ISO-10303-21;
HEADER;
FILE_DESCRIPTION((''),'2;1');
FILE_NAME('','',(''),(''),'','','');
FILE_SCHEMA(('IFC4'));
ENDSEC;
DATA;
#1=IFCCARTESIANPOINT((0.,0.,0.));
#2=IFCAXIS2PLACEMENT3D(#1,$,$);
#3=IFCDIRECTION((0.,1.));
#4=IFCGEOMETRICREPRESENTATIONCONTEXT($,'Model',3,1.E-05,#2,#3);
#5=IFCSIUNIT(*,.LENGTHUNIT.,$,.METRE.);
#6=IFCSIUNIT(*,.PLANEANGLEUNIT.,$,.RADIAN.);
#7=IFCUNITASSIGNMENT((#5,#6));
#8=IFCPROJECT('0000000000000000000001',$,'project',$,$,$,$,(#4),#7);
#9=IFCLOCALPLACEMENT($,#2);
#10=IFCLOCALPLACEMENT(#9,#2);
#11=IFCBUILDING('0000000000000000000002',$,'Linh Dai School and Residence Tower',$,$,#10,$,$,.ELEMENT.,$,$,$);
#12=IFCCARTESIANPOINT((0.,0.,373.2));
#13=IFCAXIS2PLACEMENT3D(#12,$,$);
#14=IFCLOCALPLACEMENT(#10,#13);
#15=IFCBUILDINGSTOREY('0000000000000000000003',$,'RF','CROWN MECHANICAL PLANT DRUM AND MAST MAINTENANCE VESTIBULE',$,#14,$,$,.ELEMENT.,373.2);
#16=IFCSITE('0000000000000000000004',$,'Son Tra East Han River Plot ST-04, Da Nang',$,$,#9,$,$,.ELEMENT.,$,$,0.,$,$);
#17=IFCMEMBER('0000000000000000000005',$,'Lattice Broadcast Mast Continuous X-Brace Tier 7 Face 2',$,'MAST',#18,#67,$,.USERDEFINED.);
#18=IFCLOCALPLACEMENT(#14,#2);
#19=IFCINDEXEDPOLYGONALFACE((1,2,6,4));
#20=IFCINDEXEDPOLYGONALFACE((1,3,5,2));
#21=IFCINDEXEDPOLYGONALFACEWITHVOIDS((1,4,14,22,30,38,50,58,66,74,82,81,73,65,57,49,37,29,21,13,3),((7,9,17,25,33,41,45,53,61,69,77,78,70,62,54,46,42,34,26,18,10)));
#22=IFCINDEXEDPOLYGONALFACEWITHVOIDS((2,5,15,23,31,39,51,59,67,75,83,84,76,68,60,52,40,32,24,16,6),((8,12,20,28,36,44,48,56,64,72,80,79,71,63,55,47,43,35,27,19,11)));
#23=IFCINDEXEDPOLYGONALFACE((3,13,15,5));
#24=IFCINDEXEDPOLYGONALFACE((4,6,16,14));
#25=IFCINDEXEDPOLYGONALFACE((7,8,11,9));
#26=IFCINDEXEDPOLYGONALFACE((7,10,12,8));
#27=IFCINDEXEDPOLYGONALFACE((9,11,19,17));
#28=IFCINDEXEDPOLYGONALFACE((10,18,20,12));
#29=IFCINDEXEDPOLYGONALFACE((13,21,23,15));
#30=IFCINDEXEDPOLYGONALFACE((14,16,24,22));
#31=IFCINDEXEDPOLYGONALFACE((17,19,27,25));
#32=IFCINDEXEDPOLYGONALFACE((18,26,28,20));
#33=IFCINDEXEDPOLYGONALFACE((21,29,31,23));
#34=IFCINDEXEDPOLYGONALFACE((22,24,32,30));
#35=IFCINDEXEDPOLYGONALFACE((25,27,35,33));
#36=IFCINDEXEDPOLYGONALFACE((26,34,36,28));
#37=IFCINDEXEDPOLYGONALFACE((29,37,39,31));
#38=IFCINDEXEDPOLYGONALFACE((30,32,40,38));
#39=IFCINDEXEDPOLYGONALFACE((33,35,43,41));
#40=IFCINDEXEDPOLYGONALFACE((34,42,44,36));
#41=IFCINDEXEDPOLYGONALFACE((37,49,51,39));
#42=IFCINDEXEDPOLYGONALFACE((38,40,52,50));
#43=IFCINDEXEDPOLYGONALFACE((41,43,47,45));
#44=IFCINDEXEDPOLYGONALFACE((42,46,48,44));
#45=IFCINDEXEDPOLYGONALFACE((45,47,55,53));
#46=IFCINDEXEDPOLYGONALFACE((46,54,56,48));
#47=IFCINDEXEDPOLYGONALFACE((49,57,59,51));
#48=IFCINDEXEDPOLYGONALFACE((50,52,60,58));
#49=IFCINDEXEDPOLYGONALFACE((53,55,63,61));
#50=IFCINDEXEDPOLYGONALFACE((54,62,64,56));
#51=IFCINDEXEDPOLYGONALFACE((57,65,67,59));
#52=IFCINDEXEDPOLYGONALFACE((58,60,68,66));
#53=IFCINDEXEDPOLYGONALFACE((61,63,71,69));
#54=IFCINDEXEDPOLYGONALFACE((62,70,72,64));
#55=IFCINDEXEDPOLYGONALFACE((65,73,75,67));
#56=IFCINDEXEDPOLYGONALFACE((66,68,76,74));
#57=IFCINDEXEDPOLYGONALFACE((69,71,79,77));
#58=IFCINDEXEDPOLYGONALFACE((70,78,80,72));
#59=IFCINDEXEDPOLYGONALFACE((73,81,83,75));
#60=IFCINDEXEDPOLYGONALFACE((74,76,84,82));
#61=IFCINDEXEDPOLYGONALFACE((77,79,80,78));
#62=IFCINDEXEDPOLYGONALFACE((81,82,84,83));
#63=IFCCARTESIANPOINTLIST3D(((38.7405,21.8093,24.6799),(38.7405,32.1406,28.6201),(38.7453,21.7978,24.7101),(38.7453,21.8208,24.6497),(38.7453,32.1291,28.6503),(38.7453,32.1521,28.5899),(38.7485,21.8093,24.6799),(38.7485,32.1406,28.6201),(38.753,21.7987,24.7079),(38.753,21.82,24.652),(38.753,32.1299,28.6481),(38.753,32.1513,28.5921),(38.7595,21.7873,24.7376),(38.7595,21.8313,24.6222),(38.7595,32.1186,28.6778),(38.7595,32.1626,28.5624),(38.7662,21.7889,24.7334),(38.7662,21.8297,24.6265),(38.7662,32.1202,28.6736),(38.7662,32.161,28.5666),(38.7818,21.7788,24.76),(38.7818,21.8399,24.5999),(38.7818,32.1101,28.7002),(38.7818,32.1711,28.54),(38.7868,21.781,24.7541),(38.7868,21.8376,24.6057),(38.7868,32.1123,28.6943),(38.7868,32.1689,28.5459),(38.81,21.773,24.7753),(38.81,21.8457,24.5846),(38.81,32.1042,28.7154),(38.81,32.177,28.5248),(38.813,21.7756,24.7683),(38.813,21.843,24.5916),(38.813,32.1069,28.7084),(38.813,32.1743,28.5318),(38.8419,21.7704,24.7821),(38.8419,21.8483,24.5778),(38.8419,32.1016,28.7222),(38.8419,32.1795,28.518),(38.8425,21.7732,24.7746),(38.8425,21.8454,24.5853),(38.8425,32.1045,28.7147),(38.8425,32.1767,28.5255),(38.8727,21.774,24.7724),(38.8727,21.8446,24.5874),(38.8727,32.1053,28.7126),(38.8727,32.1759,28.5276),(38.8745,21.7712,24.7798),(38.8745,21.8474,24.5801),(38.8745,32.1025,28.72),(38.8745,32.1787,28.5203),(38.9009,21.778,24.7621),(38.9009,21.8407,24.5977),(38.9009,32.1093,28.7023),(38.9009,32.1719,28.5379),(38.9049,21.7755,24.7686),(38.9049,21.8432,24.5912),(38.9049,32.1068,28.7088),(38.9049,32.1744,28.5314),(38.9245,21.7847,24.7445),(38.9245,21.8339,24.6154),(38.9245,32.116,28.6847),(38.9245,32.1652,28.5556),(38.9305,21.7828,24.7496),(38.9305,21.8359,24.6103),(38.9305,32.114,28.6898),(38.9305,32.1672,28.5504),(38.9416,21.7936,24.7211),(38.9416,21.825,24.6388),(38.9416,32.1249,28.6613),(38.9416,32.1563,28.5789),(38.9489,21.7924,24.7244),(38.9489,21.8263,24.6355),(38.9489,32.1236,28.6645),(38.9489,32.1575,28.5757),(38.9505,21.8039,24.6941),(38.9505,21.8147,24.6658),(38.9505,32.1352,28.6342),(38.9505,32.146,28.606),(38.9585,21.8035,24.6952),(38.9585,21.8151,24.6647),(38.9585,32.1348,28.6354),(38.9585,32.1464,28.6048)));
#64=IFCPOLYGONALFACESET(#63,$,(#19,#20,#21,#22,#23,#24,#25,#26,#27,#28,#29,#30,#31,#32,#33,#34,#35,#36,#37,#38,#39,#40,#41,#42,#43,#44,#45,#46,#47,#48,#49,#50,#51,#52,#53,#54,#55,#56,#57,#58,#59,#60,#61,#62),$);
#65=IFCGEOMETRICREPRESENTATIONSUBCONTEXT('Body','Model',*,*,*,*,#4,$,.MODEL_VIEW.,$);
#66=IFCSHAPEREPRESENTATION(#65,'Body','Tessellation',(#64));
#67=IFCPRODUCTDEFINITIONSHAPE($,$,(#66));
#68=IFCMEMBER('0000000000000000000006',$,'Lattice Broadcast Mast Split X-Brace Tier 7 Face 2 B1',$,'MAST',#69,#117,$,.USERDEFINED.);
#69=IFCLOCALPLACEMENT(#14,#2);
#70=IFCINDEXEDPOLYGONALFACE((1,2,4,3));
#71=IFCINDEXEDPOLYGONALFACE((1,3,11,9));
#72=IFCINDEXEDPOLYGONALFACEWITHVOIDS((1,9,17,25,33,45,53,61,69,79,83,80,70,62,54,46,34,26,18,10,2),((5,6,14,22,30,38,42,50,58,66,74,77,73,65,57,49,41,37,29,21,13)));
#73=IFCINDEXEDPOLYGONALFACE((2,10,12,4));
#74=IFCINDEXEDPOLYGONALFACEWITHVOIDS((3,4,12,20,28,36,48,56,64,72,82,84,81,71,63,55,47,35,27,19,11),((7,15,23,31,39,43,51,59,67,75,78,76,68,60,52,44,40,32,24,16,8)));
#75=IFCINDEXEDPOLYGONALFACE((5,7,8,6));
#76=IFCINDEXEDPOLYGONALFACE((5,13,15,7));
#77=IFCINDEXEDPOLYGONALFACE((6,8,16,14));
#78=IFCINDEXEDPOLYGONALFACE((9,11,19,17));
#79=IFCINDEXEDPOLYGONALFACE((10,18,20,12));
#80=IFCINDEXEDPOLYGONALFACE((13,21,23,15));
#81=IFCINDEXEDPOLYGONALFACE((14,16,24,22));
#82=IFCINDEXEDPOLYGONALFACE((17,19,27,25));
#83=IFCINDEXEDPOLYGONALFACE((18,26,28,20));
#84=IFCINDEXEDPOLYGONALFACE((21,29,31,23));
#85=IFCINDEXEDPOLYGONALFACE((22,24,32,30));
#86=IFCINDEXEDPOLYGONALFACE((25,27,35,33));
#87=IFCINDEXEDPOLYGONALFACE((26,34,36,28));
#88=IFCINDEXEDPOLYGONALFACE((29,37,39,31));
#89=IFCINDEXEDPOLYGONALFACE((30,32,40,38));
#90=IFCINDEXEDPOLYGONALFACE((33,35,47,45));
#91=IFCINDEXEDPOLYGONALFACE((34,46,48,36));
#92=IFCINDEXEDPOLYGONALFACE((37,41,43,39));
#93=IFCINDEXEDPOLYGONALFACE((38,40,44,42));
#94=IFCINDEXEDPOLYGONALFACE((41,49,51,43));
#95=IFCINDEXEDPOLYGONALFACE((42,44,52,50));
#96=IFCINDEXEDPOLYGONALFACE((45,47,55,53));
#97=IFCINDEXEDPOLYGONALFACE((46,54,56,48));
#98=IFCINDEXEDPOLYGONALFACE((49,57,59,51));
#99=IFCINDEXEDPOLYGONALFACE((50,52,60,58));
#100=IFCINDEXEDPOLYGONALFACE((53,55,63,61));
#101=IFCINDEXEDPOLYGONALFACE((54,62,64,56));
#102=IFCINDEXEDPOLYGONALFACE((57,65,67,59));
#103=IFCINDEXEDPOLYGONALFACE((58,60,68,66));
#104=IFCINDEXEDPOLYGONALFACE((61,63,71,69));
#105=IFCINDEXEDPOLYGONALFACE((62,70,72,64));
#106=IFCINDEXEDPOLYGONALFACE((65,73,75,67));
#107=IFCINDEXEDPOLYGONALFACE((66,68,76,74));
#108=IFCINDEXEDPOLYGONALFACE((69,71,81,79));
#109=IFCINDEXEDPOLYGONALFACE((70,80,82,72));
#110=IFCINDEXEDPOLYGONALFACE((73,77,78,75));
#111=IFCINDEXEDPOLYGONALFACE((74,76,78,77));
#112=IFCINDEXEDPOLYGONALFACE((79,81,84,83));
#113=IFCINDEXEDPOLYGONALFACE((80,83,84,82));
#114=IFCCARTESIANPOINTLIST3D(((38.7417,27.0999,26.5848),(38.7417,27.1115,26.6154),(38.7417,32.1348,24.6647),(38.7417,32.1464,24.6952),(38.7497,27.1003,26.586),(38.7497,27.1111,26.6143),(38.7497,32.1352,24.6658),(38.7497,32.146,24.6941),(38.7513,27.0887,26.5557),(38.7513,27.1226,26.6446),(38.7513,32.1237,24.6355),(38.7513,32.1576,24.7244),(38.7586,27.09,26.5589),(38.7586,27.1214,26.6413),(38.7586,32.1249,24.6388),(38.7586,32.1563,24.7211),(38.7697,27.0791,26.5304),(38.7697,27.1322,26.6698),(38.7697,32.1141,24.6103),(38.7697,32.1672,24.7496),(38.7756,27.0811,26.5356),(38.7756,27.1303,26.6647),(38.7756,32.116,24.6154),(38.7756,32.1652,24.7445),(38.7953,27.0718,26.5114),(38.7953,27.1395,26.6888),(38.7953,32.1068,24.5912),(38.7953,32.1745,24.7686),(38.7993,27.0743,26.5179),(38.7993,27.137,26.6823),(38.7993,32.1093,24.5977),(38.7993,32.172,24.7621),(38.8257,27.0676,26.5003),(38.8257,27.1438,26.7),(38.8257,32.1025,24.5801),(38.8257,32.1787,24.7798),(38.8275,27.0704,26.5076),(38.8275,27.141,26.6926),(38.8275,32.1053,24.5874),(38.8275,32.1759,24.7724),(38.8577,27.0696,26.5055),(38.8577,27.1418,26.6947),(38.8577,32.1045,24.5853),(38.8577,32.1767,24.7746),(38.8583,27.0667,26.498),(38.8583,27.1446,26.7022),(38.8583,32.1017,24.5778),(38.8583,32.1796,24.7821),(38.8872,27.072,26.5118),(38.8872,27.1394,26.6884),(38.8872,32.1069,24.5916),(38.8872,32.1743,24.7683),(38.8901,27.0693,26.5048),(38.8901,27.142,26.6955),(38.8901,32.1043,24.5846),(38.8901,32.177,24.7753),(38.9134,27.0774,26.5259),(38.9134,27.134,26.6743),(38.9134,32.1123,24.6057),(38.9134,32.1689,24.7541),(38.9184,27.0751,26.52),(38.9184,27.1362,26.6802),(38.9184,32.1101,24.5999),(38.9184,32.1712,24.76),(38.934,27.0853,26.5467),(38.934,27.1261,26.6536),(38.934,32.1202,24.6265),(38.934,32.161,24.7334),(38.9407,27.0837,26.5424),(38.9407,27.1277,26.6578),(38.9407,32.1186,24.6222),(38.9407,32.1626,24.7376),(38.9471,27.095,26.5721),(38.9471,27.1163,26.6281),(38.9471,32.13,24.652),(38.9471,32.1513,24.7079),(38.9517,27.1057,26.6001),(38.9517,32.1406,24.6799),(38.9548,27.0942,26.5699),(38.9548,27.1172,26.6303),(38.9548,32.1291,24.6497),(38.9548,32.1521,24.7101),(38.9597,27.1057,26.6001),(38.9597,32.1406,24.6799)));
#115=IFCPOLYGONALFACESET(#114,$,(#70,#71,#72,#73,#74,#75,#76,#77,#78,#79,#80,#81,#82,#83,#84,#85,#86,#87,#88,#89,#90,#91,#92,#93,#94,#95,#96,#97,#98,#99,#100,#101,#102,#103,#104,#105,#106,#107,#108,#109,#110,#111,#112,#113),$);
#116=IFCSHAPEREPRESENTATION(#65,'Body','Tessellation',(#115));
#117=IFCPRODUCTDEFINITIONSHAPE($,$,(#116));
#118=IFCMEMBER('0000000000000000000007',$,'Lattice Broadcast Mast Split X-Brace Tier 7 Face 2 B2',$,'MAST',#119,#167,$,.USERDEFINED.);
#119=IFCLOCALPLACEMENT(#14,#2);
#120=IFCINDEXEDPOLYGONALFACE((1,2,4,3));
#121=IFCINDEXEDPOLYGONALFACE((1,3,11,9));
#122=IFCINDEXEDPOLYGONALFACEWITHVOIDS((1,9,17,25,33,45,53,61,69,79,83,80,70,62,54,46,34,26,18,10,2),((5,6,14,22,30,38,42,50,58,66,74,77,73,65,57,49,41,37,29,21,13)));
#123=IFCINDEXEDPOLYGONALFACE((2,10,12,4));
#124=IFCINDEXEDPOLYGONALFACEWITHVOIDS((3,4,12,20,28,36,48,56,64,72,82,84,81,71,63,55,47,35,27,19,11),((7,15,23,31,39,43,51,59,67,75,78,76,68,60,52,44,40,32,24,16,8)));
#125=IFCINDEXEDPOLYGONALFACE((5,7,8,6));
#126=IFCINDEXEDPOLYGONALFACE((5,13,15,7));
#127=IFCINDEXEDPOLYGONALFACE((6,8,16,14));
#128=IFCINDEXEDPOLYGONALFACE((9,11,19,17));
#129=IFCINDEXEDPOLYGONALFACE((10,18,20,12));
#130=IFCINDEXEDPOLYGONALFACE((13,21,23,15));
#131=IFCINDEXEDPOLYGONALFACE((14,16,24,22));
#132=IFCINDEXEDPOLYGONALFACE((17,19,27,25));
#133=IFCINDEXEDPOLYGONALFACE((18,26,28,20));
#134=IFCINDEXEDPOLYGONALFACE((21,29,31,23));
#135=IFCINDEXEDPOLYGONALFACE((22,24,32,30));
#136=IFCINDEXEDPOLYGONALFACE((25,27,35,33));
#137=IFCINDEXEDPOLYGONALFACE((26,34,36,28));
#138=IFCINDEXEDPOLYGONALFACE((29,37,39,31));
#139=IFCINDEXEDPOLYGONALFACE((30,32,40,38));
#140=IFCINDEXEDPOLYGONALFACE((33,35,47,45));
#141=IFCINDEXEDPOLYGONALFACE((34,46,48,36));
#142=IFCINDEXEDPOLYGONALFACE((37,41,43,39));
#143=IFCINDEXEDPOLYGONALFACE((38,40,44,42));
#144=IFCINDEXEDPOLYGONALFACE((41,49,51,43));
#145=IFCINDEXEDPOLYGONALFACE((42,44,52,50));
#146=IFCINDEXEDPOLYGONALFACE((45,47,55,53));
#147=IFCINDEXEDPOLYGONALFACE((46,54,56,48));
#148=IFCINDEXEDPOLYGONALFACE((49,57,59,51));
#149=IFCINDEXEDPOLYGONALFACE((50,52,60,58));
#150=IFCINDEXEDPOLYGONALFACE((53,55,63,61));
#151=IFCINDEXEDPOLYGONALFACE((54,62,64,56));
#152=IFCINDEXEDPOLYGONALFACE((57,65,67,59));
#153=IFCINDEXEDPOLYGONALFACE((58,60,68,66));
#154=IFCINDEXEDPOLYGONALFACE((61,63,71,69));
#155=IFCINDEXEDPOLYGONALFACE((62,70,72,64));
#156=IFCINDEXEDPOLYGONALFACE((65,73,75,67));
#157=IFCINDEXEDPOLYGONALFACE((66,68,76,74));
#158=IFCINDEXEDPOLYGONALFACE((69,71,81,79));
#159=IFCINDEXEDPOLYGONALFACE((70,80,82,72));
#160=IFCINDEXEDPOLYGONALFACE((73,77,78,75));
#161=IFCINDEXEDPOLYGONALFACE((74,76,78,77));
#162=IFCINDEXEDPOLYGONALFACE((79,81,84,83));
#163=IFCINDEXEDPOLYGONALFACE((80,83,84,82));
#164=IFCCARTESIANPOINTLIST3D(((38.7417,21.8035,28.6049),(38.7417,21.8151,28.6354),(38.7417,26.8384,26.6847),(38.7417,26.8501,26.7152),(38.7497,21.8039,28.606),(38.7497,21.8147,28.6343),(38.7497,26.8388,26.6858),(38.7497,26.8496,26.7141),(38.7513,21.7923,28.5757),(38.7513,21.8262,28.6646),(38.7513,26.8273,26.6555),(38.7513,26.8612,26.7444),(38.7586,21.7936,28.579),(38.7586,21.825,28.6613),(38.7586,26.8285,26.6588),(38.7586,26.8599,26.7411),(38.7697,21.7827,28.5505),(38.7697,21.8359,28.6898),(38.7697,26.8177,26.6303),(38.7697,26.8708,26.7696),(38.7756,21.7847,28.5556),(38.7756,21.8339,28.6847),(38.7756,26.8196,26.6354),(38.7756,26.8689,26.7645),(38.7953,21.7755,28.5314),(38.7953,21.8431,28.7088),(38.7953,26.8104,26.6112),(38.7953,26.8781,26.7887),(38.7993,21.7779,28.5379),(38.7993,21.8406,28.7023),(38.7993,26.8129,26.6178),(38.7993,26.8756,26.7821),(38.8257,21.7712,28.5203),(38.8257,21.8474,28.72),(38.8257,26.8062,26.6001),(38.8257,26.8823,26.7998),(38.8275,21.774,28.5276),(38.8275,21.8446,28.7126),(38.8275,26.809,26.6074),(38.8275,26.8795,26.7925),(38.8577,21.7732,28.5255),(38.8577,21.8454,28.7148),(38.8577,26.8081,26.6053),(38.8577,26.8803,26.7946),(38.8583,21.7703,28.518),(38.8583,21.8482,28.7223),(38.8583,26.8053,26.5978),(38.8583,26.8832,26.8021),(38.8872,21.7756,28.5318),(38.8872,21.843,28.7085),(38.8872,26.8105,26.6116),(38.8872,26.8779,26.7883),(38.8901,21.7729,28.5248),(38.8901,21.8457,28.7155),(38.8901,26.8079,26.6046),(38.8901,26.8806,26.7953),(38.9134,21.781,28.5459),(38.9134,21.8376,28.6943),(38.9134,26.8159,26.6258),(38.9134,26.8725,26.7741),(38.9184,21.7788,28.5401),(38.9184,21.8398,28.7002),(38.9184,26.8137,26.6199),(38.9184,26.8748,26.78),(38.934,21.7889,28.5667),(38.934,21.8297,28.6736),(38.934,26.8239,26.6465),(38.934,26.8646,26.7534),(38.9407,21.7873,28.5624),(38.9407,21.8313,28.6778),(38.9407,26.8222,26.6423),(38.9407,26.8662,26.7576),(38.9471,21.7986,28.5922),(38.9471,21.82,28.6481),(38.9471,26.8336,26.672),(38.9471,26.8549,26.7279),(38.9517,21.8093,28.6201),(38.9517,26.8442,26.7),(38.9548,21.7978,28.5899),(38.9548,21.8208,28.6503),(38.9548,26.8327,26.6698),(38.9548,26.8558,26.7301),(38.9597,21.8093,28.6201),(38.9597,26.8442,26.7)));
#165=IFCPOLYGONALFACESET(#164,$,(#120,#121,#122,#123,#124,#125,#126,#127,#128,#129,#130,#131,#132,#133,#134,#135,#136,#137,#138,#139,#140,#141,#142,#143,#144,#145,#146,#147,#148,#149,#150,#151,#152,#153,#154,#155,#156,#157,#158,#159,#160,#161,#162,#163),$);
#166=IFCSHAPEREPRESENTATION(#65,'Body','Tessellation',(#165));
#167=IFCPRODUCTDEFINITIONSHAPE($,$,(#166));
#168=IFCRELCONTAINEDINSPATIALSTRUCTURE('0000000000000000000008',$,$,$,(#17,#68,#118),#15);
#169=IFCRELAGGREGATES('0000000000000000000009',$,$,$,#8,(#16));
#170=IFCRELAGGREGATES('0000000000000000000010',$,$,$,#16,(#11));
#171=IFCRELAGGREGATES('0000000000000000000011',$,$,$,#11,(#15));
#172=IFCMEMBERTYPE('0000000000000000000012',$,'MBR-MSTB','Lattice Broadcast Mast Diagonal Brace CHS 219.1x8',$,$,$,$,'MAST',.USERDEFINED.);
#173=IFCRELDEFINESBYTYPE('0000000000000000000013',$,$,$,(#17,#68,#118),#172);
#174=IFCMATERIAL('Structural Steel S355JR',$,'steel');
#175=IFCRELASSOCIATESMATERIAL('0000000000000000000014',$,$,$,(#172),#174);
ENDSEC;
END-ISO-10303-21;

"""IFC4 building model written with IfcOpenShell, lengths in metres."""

from ifc_helpers import new_model, si_unit, direction, frame, origin, origin_2d, place, context, subcontext, project, spatial, hollow_circle, extrude, material, material_profile, profile_set, type_object, element, save


model = new_model("IFC4")

# Units and contexts
model_context = context("Model", 3, precision=1e-05, world=origin(), true_north=direction((0.0, 1.0)))
body_context = subcontext(model_context, "Body", "Model", "MODEL_VIEW")
ifc_project = project(units=[si_unit("LENGTHUNIT", "METRE"), si_unit("PLANEANGLEUNIT", "RADIAN")], contexts=[model_context])

# Site, building, storey
site_placement = place(None, origin())
site = spatial("IfcSite", under=ifc_project, at=site_placement, Name="Son Tra East Han River Plot ST-04, Da Nang", CompositionType="ELEMENT", RefElevation=0.0)
building_placement = place(site_placement, origin())
building = spatial("IfcBuilding", under=site, at=building_placement, Name="Linh Dai School and Residence Tower", CompositionType="ELEMENT")
storey_placement = place(building_placement, frame((0.0, 0.0, 373.2)))
storey = spatial("IfcBuildingStorey", under=building, at=storey_placement, Name="RF", Description="CROWN MECHANICAL PLANT DRUM AND MAST MAINTENANCE VESTIBULE", CompositionType="ELEMENT", Elevation=373.2)

# Shared definitions
ifc_material = material(Name="Structural Steel S355JR", Category="steel")

# Members
ifc_material_profile_1 = material_profile(ifc_material, hollow_circle(Radius=0.1096, WallThickness=0.0081, at=origin_2d()), Name="CHS 219.1x8")
ifc_profile_set_1 = profile_set([ifc_material_profile_1], Name="Structural Steel S355JR")
member_type = type_object("IfcMemberType", Name="MBR-MSTB", Description="Lattice Broadcast Mast Diagonal Brace CHS 219.1x8", ElementType="MAST", PredefinedType="USERDEFINED", material=ifc_profile_set_1)
member_1_placement = place(storey_placement, frame((38.8501, 21.8093, 24.6799), z_axis=(0.0, 0.934354, 0.356347), x_axis=(-1.0, 0.0, 0.0)))
element("IfcMember", 1, at=member_1_placement, inside=storey, type_object=member_type, Name="Lattice Broadcast Mast Continuous X-Brace Tier 7 Face 2", ObjectType="MAST", PredefinedType="USERDEFINED", context=body_context, shape_type="SweptSolid", body=[
    extrude(hollow_circle(Radius=0.1096, WallThickness=0.0081, at=origin_2d()), origin(), (0.0, 0.0, 1.0), 11.0571),
])
for number, where, z_axis, x_axis, name in (
    (2, (38.8501, 32.1406, 24.6799), (0.0, -0.934358, 0.356336), (1.0, 0.0, 0.0), "Lattice Broadcast Mast Split X-Brace Tier 7 Face 2 B1"),
    (3, (38.8501, 26.8442, 26.7), (0.0, -0.934358, 0.356336), (1.0, 0.0, 0.0), "Lattice Broadcast Mast Split X-Brace Tier 7 Face 2 B2"),
):
    element("IfcMember", number, at=place(storey_placement, frame(where, z_axis=z_axis, x_axis=x_axis)), inside=storey, type_object=member_type, Name=name, ObjectType="MAST", PredefinedType="USERDEFINED", context=body_context, shape_type="SweptSolid", body=[
        extrude(hollow_circle(Radius=0.1096, WallThickness=0.0081, at=origin_2d()), origin(), (0.0, 0.0, 1.0), 5.3887),
    ])

save(model, "model.ifc")
